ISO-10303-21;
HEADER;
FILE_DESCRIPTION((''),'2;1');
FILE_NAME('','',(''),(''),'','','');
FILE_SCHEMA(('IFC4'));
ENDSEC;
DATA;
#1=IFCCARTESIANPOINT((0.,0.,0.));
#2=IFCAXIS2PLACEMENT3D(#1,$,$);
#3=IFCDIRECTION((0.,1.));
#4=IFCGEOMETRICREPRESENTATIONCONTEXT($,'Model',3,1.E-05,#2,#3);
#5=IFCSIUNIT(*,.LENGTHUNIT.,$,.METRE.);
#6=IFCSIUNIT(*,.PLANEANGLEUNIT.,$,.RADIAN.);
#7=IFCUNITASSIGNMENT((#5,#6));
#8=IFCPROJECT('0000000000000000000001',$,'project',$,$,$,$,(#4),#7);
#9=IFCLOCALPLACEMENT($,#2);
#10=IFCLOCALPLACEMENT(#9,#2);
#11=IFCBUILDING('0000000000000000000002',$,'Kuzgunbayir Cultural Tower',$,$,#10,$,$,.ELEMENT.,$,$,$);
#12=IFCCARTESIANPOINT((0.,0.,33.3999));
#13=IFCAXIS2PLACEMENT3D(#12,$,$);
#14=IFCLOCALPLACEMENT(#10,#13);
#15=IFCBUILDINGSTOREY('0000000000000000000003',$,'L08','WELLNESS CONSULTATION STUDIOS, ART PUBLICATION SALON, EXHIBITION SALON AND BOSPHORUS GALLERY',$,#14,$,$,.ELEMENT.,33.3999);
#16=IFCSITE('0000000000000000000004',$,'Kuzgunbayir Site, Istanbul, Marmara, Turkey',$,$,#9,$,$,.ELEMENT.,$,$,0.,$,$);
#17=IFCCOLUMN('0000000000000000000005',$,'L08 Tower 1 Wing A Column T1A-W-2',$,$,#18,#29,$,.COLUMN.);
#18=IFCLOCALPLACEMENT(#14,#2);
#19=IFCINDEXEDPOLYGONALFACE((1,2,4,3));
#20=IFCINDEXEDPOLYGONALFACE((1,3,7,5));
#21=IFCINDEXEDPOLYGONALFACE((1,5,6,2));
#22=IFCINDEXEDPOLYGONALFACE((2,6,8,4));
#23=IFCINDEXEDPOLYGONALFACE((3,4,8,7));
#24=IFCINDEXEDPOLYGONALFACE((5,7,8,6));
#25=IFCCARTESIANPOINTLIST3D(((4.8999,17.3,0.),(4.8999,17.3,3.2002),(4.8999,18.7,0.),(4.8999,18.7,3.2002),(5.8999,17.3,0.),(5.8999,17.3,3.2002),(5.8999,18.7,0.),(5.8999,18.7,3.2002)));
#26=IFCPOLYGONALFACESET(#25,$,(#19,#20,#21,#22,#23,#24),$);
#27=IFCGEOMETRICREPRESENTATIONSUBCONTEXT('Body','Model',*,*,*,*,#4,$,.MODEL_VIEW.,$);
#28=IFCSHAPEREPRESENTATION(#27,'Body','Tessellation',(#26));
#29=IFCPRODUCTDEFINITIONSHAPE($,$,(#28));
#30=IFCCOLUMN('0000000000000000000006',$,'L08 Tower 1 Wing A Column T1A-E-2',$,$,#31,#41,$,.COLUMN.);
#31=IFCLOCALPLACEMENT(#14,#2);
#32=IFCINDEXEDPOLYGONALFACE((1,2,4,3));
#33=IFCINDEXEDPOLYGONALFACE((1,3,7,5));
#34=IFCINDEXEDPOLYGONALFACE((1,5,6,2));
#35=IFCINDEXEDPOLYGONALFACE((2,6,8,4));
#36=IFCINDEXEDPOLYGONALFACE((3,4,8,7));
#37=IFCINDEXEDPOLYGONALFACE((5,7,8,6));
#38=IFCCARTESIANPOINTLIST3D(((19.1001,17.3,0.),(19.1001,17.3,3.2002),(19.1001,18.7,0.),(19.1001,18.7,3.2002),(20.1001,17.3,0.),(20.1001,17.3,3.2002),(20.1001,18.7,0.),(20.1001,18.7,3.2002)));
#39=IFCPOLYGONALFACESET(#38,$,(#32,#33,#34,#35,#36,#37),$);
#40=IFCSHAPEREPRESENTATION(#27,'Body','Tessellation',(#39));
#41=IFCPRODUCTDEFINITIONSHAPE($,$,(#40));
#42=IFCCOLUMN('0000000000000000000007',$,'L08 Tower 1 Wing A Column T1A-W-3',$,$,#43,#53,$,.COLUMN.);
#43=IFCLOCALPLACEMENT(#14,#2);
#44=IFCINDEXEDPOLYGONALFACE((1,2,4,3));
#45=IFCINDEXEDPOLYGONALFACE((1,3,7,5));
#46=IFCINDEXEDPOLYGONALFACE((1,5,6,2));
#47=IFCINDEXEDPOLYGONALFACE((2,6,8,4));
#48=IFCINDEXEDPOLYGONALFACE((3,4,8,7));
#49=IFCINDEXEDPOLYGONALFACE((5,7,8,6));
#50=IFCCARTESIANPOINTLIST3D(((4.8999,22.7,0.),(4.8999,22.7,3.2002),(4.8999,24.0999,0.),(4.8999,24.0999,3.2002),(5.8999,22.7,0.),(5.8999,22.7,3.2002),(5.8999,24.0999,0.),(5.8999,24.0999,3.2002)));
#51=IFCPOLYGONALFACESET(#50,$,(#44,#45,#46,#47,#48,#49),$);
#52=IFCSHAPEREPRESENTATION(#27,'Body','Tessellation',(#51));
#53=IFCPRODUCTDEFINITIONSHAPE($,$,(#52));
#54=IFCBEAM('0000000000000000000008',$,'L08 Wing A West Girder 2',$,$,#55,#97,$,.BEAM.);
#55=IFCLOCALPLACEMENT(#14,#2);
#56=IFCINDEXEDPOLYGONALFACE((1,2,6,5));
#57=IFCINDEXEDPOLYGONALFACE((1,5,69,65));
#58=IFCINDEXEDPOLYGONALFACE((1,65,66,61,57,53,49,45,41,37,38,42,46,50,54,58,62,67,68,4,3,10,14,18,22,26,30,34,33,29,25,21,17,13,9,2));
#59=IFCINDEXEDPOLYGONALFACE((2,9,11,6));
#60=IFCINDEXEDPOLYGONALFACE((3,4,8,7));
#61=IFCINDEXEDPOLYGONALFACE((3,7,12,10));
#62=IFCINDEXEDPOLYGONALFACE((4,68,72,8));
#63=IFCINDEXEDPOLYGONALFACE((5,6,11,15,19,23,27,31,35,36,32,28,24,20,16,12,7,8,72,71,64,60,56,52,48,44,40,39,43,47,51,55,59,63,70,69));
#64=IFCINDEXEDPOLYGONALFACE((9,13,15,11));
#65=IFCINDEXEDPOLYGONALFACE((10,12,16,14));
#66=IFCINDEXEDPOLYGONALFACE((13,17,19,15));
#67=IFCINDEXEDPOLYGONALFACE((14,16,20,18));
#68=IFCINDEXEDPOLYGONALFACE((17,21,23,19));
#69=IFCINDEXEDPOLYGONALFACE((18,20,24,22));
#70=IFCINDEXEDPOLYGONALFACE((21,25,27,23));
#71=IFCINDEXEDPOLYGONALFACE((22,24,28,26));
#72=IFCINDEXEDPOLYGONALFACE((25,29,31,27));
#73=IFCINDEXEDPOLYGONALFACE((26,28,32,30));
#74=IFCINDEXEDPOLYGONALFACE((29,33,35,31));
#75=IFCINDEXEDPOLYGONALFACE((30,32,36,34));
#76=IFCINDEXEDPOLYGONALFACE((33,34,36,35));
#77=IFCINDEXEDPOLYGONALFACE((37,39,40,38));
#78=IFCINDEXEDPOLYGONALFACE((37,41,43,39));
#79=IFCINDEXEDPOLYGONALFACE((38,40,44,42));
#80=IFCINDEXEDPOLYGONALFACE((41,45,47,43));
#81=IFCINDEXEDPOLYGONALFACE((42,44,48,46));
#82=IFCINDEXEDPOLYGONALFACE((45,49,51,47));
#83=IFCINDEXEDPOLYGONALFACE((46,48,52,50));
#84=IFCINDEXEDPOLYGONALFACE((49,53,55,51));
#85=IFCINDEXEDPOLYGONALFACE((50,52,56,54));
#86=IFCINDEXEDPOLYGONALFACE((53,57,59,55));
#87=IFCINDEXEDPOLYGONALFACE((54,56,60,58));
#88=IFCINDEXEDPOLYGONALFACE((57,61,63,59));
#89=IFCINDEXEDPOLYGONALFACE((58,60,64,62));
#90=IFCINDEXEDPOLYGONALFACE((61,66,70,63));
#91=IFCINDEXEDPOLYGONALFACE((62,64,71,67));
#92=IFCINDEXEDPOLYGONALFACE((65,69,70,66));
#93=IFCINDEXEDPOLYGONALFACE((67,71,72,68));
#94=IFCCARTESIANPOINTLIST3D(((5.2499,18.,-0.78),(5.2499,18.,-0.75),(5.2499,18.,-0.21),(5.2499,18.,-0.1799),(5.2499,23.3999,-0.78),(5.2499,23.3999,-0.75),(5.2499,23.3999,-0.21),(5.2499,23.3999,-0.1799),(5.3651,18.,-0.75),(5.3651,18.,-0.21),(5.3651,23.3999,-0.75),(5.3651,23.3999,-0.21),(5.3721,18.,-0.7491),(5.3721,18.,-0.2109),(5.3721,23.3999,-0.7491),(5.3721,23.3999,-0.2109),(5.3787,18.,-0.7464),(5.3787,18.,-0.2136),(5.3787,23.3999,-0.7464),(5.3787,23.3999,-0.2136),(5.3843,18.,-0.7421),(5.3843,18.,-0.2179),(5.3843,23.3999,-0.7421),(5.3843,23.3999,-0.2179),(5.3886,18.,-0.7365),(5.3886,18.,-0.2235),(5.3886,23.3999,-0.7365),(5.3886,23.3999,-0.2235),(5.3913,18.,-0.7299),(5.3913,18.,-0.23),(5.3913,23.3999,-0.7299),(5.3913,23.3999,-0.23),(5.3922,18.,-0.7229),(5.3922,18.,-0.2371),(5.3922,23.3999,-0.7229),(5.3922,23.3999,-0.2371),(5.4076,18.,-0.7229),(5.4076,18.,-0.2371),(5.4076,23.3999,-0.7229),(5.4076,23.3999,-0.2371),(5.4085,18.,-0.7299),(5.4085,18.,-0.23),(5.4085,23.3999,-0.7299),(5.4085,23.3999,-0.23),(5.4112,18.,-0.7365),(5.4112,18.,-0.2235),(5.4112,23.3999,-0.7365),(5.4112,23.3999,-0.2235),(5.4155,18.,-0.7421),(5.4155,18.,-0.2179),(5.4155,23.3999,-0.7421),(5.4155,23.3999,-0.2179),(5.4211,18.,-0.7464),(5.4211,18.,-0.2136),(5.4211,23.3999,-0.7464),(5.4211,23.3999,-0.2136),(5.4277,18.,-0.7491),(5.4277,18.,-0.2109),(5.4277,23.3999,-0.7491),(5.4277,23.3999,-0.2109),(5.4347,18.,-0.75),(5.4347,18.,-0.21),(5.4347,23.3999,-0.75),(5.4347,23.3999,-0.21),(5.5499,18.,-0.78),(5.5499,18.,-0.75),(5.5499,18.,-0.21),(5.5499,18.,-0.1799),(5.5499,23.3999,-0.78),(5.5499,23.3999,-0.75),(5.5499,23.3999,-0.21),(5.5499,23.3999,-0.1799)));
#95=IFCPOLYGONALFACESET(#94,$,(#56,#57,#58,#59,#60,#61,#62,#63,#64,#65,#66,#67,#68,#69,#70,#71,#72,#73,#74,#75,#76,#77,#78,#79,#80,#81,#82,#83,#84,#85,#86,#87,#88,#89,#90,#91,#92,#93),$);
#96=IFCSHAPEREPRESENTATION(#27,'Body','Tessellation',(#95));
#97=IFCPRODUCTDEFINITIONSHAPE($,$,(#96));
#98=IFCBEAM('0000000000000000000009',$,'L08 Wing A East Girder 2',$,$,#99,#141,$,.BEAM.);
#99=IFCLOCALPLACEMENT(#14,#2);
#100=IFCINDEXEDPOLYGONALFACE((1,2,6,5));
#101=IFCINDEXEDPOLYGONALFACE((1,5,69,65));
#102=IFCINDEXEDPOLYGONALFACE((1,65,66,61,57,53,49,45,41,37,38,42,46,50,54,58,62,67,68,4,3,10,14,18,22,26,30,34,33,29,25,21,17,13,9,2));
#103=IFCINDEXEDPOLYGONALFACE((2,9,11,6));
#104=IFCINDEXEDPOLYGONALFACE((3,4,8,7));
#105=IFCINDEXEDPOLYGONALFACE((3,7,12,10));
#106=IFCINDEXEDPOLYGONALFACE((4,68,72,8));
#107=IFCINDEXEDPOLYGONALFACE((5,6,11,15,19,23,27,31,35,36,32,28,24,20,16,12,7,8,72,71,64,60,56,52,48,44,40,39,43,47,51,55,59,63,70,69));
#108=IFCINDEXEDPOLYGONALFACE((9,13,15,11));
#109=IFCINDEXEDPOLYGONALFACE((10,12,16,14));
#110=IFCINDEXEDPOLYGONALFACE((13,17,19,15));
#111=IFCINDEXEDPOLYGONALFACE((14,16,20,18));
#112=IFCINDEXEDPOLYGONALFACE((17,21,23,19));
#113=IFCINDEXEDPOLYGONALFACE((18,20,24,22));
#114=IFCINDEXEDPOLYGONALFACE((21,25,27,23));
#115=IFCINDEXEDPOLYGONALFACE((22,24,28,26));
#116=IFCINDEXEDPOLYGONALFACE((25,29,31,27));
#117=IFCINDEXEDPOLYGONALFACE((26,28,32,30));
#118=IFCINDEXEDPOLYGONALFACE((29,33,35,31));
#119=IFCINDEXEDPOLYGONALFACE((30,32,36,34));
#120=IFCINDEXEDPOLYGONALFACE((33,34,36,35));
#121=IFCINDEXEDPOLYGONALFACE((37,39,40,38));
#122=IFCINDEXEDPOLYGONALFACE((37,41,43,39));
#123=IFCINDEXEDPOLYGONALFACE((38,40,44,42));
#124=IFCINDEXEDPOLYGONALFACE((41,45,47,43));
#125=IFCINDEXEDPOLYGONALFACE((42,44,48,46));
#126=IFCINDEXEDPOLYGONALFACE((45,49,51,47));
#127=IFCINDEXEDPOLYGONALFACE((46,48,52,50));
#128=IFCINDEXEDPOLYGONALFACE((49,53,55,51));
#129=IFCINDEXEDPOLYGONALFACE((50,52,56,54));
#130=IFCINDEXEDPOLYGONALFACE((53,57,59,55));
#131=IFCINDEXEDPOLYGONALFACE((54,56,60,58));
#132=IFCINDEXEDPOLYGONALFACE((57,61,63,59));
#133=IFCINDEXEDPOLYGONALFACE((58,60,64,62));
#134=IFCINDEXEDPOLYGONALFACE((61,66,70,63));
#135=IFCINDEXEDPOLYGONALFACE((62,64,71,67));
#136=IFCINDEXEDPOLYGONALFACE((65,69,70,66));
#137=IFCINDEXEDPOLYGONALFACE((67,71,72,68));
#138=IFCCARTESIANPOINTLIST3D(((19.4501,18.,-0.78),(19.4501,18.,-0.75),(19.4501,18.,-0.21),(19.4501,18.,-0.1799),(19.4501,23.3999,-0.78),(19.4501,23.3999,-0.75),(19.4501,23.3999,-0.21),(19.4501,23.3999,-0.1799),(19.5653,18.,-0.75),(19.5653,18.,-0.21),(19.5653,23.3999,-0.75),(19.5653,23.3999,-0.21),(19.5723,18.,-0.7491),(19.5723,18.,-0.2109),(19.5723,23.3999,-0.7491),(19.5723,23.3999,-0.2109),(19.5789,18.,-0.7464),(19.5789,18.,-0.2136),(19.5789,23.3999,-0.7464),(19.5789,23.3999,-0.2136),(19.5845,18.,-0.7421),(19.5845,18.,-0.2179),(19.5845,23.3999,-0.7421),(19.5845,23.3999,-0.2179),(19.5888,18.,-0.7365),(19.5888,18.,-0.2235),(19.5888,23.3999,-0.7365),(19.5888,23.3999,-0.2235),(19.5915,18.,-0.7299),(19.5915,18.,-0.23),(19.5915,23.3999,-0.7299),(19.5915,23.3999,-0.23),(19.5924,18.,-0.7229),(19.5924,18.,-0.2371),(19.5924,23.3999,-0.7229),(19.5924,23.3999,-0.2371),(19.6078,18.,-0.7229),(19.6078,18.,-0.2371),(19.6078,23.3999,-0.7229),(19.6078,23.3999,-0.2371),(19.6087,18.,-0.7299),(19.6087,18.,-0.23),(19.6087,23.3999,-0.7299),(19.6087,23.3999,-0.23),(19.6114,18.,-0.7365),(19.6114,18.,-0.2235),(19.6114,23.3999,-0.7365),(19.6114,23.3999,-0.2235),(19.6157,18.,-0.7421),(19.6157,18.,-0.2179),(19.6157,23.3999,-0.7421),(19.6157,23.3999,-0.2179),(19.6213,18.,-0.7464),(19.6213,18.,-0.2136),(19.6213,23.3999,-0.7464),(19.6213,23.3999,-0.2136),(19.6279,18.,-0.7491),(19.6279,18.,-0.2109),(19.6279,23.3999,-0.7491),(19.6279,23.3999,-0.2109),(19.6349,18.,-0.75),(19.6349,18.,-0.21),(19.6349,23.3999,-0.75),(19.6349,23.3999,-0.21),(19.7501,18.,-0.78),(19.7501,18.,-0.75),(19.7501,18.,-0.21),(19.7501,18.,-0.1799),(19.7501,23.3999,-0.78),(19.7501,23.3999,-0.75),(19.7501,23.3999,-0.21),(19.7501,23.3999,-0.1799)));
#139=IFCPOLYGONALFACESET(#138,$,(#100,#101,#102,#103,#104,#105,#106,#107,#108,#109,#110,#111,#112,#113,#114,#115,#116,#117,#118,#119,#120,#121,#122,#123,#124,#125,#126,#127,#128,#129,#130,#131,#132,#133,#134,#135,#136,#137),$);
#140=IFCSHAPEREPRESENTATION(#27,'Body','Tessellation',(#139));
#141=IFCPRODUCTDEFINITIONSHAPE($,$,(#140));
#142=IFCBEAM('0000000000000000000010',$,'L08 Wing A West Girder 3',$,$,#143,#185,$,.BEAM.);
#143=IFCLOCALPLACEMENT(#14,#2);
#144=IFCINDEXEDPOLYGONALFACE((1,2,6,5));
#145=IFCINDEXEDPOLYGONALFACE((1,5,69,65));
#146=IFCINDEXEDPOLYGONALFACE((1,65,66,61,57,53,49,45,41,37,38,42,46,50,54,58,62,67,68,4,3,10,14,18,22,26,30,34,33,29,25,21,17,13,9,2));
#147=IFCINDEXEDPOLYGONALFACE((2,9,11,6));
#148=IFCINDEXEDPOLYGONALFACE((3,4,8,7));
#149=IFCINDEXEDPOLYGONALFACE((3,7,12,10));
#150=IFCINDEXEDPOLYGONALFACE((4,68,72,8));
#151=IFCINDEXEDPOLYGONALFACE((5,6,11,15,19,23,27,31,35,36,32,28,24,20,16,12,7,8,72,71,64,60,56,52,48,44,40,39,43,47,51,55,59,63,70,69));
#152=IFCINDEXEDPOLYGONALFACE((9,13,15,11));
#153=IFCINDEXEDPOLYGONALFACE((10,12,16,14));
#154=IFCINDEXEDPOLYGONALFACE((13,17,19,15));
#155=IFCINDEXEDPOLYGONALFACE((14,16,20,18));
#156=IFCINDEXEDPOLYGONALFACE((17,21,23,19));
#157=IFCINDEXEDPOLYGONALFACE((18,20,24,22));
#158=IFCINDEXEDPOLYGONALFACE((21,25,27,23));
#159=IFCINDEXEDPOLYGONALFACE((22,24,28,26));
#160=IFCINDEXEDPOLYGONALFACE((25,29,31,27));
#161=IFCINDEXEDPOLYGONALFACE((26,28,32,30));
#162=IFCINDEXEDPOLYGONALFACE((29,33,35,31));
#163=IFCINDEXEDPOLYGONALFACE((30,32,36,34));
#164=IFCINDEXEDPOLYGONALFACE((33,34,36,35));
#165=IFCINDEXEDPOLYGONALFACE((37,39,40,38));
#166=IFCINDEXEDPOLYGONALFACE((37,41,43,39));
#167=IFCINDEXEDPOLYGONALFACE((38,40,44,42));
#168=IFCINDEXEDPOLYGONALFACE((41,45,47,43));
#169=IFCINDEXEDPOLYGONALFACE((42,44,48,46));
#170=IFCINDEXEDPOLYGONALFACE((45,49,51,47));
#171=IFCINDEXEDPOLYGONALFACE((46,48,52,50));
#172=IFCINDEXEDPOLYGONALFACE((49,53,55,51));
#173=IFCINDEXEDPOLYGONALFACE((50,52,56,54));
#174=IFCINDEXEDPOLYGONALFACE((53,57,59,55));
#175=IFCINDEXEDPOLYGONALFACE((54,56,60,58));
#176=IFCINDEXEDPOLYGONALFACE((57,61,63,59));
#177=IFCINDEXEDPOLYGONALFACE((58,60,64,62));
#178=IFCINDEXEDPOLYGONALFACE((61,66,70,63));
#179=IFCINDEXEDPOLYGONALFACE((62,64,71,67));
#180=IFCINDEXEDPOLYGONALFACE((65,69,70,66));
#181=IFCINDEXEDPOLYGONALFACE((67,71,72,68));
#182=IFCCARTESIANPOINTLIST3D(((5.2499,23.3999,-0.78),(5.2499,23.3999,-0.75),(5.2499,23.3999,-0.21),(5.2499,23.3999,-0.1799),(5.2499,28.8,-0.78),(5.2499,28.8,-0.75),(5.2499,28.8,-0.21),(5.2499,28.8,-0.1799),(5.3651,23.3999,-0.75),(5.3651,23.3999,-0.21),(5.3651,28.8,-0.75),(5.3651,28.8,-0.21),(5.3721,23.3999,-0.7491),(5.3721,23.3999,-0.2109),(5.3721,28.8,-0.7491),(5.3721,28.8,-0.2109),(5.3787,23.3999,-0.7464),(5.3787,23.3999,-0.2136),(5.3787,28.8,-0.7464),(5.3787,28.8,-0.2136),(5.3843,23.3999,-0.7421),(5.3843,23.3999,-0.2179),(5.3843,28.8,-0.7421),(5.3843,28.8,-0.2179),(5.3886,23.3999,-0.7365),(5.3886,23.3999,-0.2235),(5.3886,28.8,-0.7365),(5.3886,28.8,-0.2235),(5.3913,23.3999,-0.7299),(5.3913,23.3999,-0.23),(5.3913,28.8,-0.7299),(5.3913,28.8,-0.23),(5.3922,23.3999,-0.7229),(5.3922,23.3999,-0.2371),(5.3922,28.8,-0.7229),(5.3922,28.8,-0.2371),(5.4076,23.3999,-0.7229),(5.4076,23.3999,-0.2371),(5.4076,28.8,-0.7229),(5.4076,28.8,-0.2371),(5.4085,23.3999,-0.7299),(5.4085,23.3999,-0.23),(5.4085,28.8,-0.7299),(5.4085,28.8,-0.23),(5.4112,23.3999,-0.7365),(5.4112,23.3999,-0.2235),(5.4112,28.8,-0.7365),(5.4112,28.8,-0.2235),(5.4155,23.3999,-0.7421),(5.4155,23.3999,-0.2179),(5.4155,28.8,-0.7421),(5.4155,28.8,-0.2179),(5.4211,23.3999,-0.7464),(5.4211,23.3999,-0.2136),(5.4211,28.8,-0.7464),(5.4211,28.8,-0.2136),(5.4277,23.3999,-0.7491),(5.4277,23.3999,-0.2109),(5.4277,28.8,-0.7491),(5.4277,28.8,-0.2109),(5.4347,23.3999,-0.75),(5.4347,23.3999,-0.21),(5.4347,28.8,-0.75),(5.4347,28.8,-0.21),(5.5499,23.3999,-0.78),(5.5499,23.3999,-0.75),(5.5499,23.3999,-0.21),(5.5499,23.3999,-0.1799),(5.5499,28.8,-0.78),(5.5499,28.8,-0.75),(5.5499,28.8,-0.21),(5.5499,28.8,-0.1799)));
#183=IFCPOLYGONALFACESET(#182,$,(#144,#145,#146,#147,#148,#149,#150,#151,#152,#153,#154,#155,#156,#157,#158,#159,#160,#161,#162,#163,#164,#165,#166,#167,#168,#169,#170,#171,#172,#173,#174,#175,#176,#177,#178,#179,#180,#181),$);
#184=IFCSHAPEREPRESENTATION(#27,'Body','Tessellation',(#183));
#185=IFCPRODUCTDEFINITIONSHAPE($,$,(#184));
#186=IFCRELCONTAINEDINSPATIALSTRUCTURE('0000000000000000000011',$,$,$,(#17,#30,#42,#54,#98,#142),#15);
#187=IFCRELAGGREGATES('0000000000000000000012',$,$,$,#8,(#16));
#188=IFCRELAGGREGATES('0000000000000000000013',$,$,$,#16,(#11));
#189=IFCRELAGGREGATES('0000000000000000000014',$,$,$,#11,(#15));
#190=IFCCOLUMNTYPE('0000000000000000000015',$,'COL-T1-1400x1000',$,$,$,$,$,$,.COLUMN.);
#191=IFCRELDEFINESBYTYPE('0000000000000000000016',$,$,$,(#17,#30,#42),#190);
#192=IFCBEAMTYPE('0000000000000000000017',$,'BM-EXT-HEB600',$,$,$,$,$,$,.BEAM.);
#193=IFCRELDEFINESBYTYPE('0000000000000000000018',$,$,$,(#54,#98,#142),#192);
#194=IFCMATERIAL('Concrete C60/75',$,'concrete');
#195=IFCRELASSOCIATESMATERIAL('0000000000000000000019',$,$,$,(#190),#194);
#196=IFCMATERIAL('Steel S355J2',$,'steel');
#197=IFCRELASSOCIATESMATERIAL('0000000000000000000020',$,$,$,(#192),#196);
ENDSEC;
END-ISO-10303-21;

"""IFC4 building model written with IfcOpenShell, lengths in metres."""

from ifc_helpers import new_model, si_unit, direction, frame, origin, origin_2d, place, context, subcontext, project, spatial, rectangle, i_section, extrude, material, material_profile, profile_set, type_object, element, save


model = new_model("IFC4")

# Units and contexts
model_context = context("Model", 3, precision=1e-05, world=origin(), true_north=direction((0.0, 1.0)))
body_context = subcontext(model_context, "Body", "Model", "MODEL_VIEW")
ifc_project = project(units=[si_unit("LENGTHUNIT", "METRE"), si_unit("PLANEANGLEUNIT", "RADIAN")], contexts=[model_context])

# Site, building, storey
site_placement = place(None, origin())
site = spatial("IfcSite", under=ifc_project, at=site_placement, Name="Kuzgunbayir Site, Istanbul, Marmara, Turkey", CompositionType="ELEMENT", RefElevation=0.0)
building_placement = place(site_placement, origin())
building = spatial("IfcBuilding", under=site, at=building_placement, Name="Kuzgunbayir Cultural Tower", CompositionType="ELEMENT")
storey_placement = place(building_placement, frame((0.0, 0.0, 33.3999)))
storey = spatial("IfcBuildingStorey", under=building, at=storey_placement, Name="L08", Description="WELLNESS CONSULTATION STUDIOS, ART PUBLICATION SALON, EXHIBITION SALON AND BOSPHORUS GALLERY", CompositionType="ELEMENT", Elevation=33.3999)

# Columns
ifc_material_1 = material(Name="Concrete C60/75", Category="concrete")
ifc_material_profile_1 = material_profile(ifc_material_1, rectangle(XDim=1.0, YDim=1.3999, at=origin_2d()), Name="RC 1400x1000")
ifc_profile_set_1 = profile_set([ifc_material_profile_1], Name="Concrete C60/75")
column_type = type_object("IfcColumnType", Name="COL-T1-1400x1000", PredefinedType="COLUMN", material=ifc_profile_set_1)
for number, where, z_axis, x_axis, name in (
    (1, (5.3999, 18.0, 0.0), (0.0, 0.0, 1.0), (1.0, 0.0, 0.0), "L08 Tower 1 Wing A Column T1A-W-2"),
    (2, (19.6001, 18.0, 0.0), (0.0, 0.0, 1.0), (1.0, 0.0, 0.0), "L08 Tower 1 Wing A Column T1A-E-2"),
    (3, (5.3999, 23.3999, 0.0), (0.0, 0.0, 1.0), (1.0, 0.0, 0.0), "L08 Tower 1 Wing A Column T1A-W-3"),
):
    element("IfcColumn", number, at=place(storey_placement, frame(where, z_axis=z_axis, x_axis=x_axis)), inside=storey, type_object=column_type, Name=name, PredefinedType="COLUMN", context=body_context, shape_type="SweptSolid", body=[
        extrude(rectangle(XDim=1.0, YDim=1.3999, at=origin_2d()), origin(), (0.0, 0.0, 1.0), 3.2002),
    ])

# Beams
ifc_material_2 = material(Name="Steel S355J2", Category="steel")
ifc_material_profile_2 = material_profile(ifc_material_2, i_section(OverallWidth=0.3, OverallDepth=0.6001, WebThickness=0.0154, FlangeThickness=0.03, FilletRadius=0.0271, at=origin_2d()), Name="HEB 600")
ifc_profile_set_2 = profile_set([ifc_material_profile_2], Name="Steel S355J2")
beam_type_1 = type_object("IfcBeamType", Name="BM-EXT-HEB600", PredefinedType="BEAM", material=ifc_profile_set_2)
for number, where, z_axis, x_axis, name in (
    (4, (5.3999, 18.0, -0.48), (0.0, 1.0, 0.0), (-1.0, 0.0, 0.0), "L08 Wing A West Girder 2"),
    (5, (19.6001, 18.0, -0.48), (0.0, 1.0, 0.0), (-1.0, 0.0, 0.0), "L08 Wing A East Girder 2"),
):
    element("IfcBeam", number, at=place(storey_placement, frame(where, z_axis=z_axis, x_axis=x_axis)), inside=storey, type_object=beam_type_1, Name=name, PredefinedType="BEAM", context=body_context, shape_type="SweptSolid", body=[
        extrude(i_section(OverallWidth=0.3, OverallDepth=0.6001, WebThickness=0.0154, FlangeThickness=0.03, FilletRadius=0.0271, at=origin_2d()), origin(), (0.0, 0.0, 1.0), 5.3999),
    ])
beam_placement = place(storey_placement, frame((5.3999, 23.3999, -0.48), z_axis=(0.0, 1.0, 0.0), x_axis=(-1.0, 0.0, 0.0)))
element("IfcBeam", 6, at=beam_placement, inside=storey, type_object=beam_type_1, Name="L08 Wing A West Girder 3", PredefinedType="BEAM", context=body_context, shape_type="SweptSolid", body=[
    extrude(i_section(OverallWidth=0.3, OverallDepth=0.6001, WebThickness=0.0154, FlangeThickness=0.03, FilletRadius=0.0271, at=origin_2d()), origin(), (0.0, 0.0, 1.0), 5.4001),
])

save(model, "model.ifc")
